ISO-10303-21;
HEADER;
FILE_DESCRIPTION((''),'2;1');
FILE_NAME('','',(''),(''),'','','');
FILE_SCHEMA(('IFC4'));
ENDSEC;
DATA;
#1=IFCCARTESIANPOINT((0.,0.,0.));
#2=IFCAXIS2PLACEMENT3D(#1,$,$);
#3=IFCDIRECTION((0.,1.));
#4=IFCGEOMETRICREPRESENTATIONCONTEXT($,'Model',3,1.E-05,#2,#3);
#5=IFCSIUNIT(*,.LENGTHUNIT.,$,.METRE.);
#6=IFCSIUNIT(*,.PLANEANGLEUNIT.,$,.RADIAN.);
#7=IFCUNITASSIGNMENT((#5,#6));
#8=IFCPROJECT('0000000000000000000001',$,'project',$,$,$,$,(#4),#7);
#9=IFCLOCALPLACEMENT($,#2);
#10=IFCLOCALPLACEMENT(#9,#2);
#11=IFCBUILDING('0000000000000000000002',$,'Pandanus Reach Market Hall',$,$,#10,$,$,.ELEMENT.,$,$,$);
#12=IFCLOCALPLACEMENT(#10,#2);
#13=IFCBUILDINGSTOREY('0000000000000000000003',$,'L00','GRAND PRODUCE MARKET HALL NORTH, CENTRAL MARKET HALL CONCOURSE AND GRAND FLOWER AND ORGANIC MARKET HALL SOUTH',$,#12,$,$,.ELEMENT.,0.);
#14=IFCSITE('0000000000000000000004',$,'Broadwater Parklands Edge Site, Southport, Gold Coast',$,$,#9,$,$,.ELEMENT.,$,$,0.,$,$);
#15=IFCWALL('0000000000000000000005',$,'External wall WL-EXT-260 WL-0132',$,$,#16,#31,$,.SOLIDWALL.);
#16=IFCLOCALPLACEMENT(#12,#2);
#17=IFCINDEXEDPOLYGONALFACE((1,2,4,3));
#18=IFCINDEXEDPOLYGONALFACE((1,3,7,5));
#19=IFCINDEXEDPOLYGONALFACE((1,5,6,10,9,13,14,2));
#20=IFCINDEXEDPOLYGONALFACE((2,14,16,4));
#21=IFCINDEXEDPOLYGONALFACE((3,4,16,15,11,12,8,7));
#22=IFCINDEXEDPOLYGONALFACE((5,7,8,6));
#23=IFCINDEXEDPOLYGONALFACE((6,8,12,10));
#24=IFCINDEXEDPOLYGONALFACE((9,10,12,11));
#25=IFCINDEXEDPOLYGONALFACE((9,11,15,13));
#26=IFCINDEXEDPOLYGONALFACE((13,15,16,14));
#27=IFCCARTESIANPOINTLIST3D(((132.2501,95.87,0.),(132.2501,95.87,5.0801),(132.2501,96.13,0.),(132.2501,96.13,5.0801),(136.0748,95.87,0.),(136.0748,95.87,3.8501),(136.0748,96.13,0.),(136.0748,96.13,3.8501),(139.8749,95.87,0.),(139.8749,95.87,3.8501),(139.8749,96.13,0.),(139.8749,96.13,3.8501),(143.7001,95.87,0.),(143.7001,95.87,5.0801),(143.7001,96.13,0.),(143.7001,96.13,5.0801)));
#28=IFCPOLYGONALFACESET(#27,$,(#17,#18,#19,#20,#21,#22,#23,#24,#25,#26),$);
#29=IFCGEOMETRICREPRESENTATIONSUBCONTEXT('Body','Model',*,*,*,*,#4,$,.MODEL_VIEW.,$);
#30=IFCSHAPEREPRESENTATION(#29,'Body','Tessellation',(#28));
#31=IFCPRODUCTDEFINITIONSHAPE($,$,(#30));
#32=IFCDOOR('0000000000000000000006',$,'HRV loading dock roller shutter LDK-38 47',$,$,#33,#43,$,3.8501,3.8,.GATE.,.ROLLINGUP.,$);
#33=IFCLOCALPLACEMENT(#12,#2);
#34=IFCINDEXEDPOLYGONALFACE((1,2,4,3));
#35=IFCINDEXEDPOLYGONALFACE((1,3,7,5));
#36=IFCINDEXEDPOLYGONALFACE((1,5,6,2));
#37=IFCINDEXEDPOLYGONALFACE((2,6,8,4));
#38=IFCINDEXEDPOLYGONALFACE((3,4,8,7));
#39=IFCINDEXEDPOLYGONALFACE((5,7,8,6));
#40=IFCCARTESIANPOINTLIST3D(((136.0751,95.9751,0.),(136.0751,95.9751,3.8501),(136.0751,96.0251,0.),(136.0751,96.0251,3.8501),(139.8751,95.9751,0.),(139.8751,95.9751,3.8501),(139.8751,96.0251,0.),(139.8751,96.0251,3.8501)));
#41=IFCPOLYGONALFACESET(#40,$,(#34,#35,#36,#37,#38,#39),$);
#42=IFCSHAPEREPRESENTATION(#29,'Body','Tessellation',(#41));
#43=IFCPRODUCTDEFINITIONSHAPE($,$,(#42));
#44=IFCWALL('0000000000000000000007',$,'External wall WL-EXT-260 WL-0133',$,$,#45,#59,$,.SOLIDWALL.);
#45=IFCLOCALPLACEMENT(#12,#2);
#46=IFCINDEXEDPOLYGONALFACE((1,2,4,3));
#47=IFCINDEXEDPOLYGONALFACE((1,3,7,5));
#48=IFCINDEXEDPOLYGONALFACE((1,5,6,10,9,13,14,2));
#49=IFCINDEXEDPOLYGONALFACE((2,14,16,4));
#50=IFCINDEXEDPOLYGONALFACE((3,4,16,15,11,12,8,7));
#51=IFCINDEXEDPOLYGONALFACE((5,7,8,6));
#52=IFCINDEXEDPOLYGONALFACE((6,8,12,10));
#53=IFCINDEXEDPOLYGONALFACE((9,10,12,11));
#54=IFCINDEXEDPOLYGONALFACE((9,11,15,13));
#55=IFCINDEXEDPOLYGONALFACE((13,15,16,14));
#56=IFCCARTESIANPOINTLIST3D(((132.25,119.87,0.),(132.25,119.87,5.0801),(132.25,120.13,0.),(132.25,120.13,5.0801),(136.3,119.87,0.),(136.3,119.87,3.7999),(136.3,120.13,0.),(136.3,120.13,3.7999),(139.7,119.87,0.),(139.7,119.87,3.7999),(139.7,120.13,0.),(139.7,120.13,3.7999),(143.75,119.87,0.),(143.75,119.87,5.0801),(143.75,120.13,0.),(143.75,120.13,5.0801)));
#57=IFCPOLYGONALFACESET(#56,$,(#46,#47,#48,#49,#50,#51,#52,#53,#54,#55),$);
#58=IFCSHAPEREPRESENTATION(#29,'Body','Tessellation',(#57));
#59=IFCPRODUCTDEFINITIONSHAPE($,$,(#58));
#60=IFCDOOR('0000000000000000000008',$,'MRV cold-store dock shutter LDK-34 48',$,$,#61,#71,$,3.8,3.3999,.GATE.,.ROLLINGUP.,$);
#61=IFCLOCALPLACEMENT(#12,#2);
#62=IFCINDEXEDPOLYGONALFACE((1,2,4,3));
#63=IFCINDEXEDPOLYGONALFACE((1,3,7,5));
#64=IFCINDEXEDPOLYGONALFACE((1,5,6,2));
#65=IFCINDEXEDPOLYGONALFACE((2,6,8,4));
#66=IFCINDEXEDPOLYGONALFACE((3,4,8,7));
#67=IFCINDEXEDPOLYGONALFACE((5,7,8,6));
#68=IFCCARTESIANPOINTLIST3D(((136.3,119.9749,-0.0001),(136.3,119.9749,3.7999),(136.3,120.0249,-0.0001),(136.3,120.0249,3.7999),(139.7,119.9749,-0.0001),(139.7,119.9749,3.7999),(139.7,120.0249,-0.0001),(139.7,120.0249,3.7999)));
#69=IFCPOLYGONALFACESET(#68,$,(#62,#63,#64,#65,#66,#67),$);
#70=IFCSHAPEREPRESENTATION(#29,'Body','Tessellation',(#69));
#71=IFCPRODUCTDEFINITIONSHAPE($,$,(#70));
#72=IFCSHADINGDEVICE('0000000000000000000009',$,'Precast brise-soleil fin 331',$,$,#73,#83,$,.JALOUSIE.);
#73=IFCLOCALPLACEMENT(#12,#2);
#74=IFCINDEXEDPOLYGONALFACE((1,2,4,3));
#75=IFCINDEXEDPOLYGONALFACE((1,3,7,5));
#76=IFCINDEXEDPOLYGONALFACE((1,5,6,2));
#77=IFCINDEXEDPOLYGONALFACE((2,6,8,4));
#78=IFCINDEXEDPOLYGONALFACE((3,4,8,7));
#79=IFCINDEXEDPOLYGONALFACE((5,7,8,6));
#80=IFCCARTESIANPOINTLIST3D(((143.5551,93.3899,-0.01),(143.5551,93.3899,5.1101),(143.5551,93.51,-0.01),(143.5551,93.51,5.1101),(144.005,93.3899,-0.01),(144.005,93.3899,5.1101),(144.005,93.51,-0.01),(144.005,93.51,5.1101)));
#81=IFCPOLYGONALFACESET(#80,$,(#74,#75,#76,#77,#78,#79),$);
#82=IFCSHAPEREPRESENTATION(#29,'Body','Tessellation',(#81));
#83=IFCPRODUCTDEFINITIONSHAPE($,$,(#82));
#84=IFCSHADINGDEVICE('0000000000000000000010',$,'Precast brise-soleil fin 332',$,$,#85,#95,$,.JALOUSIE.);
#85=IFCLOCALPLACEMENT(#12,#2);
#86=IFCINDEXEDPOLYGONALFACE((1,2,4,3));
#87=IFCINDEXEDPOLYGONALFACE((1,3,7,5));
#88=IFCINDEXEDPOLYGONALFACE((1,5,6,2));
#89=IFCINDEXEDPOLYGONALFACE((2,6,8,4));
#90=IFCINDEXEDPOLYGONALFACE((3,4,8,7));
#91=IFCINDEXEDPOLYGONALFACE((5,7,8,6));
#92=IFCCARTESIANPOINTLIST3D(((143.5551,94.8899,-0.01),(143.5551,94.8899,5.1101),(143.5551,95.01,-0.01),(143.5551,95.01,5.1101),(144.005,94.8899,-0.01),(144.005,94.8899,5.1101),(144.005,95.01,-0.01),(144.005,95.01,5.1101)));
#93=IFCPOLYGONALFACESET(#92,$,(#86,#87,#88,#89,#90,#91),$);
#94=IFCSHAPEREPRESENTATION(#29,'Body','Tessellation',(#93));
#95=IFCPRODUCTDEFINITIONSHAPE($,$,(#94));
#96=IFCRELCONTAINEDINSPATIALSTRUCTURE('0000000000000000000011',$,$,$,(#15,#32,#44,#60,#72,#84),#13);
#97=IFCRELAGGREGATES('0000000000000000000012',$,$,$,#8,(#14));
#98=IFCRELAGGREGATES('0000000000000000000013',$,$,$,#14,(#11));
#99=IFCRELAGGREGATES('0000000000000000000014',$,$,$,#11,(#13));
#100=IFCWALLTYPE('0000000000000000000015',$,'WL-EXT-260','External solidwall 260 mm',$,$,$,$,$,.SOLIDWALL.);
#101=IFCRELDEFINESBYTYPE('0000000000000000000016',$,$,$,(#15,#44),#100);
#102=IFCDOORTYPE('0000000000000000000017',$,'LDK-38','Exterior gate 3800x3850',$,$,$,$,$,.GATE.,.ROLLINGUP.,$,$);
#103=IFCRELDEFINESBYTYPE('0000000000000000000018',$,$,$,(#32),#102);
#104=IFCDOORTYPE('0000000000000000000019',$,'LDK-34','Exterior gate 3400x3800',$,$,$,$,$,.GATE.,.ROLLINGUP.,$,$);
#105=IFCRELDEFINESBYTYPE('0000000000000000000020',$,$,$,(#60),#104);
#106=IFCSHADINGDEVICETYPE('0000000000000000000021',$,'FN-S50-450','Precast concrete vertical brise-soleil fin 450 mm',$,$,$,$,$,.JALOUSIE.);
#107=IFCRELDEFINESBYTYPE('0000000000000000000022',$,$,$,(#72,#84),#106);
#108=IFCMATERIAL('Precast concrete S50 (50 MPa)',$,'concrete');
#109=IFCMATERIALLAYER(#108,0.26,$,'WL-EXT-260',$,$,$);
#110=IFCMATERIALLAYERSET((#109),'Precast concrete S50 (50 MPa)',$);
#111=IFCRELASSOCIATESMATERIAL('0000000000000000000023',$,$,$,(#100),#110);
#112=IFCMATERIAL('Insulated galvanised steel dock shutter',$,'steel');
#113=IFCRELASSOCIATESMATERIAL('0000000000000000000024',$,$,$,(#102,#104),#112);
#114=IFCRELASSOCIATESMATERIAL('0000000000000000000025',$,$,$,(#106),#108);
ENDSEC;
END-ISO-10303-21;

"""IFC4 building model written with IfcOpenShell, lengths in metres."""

from ifc_helpers import new_model, si_unit, direction, frame, frame_2d, origin, origin_2d, place, context, subcontext, project, spatial, rectangle, extrude, material, layer, layer_set, type_object, element, fill, save


model = new_model("IFC4")

# Units and contexts
model_context = context("Model", 3, precision=1e-05, world=origin(), true_north=direction((0.0, 1.0)))
body_context = subcontext(model_context, "Body", "Model", "MODEL_VIEW")
ifc_project = project(units=[si_unit("LENGTHUNIT", "METRE"), si_unit("PLANEANGLEUNIT", "RADIAN")], contexts=[model_context])

# Site, building, storey
site_placement = place(None, origin())
site = spatial("IfcSite", under=ifc_project, at=site_placement, Name="Broadwater Parklands Edge Site, Southport, Gold Coast", CompositionType="ELEMENT", RefElevation=0.0)
building_placement = place(site_placement, origin())
building = spatial("IfcBuilding", under=site, at=building_placement, Name="Pandanus Reach Market Hall", CompositionType="ELEMENT")
storey_placement = place(building_placement, origin())
storey = spatial("IfcBuildingStorey", under=building, at=storey_placement, Name="L00", Description="GRAND PRODUCE MARKET HALL NORTH, CENTRAL MARKET HALL CONCOURSE AND GRAND FLOWER AND ORGANIC MARKET HALL SOUTH", CompositionType="ELEMENT", Elevation=0.0)

# Walls, openings, doors
ifc_material_1 = material(Name="Precast concrete S50 (50 MPa)", Category="concrete")
ifc_layer_1 = layer(ifc_material_1, 0.26, Name="WL-EXT-260")
ifc_layer_set_1 = layer_set([ifc_layer_1], Name="Precast concrete S50 (50 MPa)")
wall_type = type_object("IfcWallType", Name="WL-EXT-260", Description="External solidwall 260 mm", PredefinedType="SOLIDWALL", material=ifc_layer_set_1)
wall_1_placement = place(storey_placement, frame((132.25, 96.0, 0.0), z_axis=(0.0, 0.0, 1.0), x_axis=(1.0, 0.0, 0.0)))
wall_1 = element("IfcWall", 1, at=wall_1_placement, inside=storey, type_object=wall_type, Name="External wall WL-EXT-260 WL-0132", PredefinedType="SOLIDWALL", context=body_context, shape_type="SweptSolid", body=[
    extrude(rectangle(XDim=11.45, YDim=0.26, at=frame_2d((5.7251, 0.0))), origin(), (0.0, 0.0, 1.0), 5.0801),
])
opening_1_placement = place(wall_1_placement, frame((3.825, 0.0, 0.0)))
opening_1 = element("IfcOpeningElement", 2, at=opening_1_placement, cuts=wall_1, PredefinedType="OPENING", context=body_context, shape_type="SweptSolid", body=[
    extrude(rectangle(XDim=3.8, YDim=3.8501, at=frame_2d((1.8999, 1.925))), frame((0.0, 0.145, 0.0), z_axis=(0.0, -1.0, 0.0), x_axis=(1.0, 0.0, 0.0)), (0.0, 0.0, 1.0), 0.29),
])
ifc_material_2 = material(Name="Insulated galvanised steel dock shutter", Category="steel")
door_type_1 = type_object("IfcDoorType", Name="LDK-38", Description="Exterior gate 3800x3850", OperationType="ROLLINGUP", PredefinedType="GATE", material=ifc_material_2)
door_1_placement = place(opening_1_placement, frame((3.8, 0.0, 0.0), z_axis=(0.0, 0.0, 1.0), x_axis=(-1.0, 0.0, 0.0)))
door_1 = element("IfcDoor", 3, at=door_1_placement, inside=storey, type_object=door_type_1, Name="HRV loading dock roller shutter LDK-38 47", OperationType="ROLLINGUP", OverallHeight=3.8501, OverallWidth=3.8, PredefinedType="GATE", context=body_context, shape_type="SweptSolid", body=[
    extrude(rectangle(XDim=3.8, YDim=3.8501, at=frame_2d((1.8999, 1.925))), frame((0.0, 0.0249, 0.0), z_axis=(0.0, -1.0, 0.0), x_axis=(1.0, 0.0, 0.0)), (0.0, 0.0, 1.0), 0.05),
])
fill(opening_1, door_1)
wall_2_placement = place(storey_placement, frame((132.25, 120.0, 0.0), z_axis=(0.0, 0.0, 1.0), x_axis=(1.0, 0.0, 0.0)))
wall_2 = element("IfcWall", 4, at=wall_2_placement, inside=storey, type_object=wall_type, Name="External wall WL-EXT-260 WL-0133", PredefinedType="SOLIDWALL", context=body_context, shape_type="SweptSolid", body=[
    extrude(rectangle(XDim=11.5, YDim=0.26, at=frame_2d((5.75, 0.0))), origin(), (0.0, 0.0, 1.0), 5.0801),
])
opening_2_placement = place(wall_2_placement, frame((4.05, 0.0, 0.0)))
opening_2 = element("IfcOpeningElement", 5, at=opening_2_placement, cuts=wall_2, PredefinedType="OPENING", context=body_context, shape_type="SweptSolid", body=[
    extrude(rectangle(XDim=3.3999, YDim=3.8, at=frame_2d((1.7, 1.8999))), frame((0.0, 0.145, 0.0), z_axis=(0.0, -1.0, 0.0), x_axis=(1.0, 0.0, 0.0)), (0.0, 0.0, 1.0), 0.29),
])
door_type_2 = type_object("IfcDoorType", Name="LDK-34", Description="Exterior gate 3400x3800", OperationType="ROLLINGUP", PredefinedType="GATE", material=ifc_material_2)
door_2_placement = place(opening_2_placement, origin())
door_2 = element("IfcDoor", 6, at=door_2_placement, inside=storey, type_object=door_type_2, Name="MRV cold-store dock shutter LDK-34 48", OperationType="ROLLINGUP", OverallHeight=3.8, OverallWidth=3.3999, PredefinedType="GATE", context=body_context, shape_type="SweptSolid", body=[
    extrude(rectangle(XDim=3.3999, YDim=3.8, at=frame_2d((1.7, 1.8999))), frame((0.0, 0.0249, 0.0), z_axis=(0.0, -1.0, 0.0), x_axis=(1.0, 0.0, 0.0)), (0.0, 0.0, 1.0), 0.05),
])
fill(opening_2, door_2)

# Shading devices
shading_device_type = type_object("IfcShadingDeviceType", Name="FN-S50-450", Description="Precast concrete vertical brise-soleil fin 450 mm", PredefinedType="JALOUSIE", material=ifc_material_1)
for number, where, z_axis, x_axis, name in (
    (7, (143.78, 93.45, -0.01), (0.0, 0.0, 1.0), (-1.0, 0.0, 0.0), "Precast brise-soleil fin 331"),
    (8, (143.78, 94.95, -0.01), (0.0, 0.0, 1.0), (-1.0, 0.0, 0.0), "Precast brise-soleil fin 332"),
):
    element("IfcShadingDevice", number, at=place(storey_placement, frame(where, z_axis=z_axis, x_axis=x_axis)), inside=storey, type_object=shading_device_type, Name=name, PredefinedType="JALOUSIE", context=body_context, shape_type="SweptSolid", body=[
        extrude(rectangle(XDim=0.45, YDim=0.1201, at=origin_2d()), origin(), (0.0, 0.0, 1.0), 5.1201),
    ])

save(model, "model.ifc")
